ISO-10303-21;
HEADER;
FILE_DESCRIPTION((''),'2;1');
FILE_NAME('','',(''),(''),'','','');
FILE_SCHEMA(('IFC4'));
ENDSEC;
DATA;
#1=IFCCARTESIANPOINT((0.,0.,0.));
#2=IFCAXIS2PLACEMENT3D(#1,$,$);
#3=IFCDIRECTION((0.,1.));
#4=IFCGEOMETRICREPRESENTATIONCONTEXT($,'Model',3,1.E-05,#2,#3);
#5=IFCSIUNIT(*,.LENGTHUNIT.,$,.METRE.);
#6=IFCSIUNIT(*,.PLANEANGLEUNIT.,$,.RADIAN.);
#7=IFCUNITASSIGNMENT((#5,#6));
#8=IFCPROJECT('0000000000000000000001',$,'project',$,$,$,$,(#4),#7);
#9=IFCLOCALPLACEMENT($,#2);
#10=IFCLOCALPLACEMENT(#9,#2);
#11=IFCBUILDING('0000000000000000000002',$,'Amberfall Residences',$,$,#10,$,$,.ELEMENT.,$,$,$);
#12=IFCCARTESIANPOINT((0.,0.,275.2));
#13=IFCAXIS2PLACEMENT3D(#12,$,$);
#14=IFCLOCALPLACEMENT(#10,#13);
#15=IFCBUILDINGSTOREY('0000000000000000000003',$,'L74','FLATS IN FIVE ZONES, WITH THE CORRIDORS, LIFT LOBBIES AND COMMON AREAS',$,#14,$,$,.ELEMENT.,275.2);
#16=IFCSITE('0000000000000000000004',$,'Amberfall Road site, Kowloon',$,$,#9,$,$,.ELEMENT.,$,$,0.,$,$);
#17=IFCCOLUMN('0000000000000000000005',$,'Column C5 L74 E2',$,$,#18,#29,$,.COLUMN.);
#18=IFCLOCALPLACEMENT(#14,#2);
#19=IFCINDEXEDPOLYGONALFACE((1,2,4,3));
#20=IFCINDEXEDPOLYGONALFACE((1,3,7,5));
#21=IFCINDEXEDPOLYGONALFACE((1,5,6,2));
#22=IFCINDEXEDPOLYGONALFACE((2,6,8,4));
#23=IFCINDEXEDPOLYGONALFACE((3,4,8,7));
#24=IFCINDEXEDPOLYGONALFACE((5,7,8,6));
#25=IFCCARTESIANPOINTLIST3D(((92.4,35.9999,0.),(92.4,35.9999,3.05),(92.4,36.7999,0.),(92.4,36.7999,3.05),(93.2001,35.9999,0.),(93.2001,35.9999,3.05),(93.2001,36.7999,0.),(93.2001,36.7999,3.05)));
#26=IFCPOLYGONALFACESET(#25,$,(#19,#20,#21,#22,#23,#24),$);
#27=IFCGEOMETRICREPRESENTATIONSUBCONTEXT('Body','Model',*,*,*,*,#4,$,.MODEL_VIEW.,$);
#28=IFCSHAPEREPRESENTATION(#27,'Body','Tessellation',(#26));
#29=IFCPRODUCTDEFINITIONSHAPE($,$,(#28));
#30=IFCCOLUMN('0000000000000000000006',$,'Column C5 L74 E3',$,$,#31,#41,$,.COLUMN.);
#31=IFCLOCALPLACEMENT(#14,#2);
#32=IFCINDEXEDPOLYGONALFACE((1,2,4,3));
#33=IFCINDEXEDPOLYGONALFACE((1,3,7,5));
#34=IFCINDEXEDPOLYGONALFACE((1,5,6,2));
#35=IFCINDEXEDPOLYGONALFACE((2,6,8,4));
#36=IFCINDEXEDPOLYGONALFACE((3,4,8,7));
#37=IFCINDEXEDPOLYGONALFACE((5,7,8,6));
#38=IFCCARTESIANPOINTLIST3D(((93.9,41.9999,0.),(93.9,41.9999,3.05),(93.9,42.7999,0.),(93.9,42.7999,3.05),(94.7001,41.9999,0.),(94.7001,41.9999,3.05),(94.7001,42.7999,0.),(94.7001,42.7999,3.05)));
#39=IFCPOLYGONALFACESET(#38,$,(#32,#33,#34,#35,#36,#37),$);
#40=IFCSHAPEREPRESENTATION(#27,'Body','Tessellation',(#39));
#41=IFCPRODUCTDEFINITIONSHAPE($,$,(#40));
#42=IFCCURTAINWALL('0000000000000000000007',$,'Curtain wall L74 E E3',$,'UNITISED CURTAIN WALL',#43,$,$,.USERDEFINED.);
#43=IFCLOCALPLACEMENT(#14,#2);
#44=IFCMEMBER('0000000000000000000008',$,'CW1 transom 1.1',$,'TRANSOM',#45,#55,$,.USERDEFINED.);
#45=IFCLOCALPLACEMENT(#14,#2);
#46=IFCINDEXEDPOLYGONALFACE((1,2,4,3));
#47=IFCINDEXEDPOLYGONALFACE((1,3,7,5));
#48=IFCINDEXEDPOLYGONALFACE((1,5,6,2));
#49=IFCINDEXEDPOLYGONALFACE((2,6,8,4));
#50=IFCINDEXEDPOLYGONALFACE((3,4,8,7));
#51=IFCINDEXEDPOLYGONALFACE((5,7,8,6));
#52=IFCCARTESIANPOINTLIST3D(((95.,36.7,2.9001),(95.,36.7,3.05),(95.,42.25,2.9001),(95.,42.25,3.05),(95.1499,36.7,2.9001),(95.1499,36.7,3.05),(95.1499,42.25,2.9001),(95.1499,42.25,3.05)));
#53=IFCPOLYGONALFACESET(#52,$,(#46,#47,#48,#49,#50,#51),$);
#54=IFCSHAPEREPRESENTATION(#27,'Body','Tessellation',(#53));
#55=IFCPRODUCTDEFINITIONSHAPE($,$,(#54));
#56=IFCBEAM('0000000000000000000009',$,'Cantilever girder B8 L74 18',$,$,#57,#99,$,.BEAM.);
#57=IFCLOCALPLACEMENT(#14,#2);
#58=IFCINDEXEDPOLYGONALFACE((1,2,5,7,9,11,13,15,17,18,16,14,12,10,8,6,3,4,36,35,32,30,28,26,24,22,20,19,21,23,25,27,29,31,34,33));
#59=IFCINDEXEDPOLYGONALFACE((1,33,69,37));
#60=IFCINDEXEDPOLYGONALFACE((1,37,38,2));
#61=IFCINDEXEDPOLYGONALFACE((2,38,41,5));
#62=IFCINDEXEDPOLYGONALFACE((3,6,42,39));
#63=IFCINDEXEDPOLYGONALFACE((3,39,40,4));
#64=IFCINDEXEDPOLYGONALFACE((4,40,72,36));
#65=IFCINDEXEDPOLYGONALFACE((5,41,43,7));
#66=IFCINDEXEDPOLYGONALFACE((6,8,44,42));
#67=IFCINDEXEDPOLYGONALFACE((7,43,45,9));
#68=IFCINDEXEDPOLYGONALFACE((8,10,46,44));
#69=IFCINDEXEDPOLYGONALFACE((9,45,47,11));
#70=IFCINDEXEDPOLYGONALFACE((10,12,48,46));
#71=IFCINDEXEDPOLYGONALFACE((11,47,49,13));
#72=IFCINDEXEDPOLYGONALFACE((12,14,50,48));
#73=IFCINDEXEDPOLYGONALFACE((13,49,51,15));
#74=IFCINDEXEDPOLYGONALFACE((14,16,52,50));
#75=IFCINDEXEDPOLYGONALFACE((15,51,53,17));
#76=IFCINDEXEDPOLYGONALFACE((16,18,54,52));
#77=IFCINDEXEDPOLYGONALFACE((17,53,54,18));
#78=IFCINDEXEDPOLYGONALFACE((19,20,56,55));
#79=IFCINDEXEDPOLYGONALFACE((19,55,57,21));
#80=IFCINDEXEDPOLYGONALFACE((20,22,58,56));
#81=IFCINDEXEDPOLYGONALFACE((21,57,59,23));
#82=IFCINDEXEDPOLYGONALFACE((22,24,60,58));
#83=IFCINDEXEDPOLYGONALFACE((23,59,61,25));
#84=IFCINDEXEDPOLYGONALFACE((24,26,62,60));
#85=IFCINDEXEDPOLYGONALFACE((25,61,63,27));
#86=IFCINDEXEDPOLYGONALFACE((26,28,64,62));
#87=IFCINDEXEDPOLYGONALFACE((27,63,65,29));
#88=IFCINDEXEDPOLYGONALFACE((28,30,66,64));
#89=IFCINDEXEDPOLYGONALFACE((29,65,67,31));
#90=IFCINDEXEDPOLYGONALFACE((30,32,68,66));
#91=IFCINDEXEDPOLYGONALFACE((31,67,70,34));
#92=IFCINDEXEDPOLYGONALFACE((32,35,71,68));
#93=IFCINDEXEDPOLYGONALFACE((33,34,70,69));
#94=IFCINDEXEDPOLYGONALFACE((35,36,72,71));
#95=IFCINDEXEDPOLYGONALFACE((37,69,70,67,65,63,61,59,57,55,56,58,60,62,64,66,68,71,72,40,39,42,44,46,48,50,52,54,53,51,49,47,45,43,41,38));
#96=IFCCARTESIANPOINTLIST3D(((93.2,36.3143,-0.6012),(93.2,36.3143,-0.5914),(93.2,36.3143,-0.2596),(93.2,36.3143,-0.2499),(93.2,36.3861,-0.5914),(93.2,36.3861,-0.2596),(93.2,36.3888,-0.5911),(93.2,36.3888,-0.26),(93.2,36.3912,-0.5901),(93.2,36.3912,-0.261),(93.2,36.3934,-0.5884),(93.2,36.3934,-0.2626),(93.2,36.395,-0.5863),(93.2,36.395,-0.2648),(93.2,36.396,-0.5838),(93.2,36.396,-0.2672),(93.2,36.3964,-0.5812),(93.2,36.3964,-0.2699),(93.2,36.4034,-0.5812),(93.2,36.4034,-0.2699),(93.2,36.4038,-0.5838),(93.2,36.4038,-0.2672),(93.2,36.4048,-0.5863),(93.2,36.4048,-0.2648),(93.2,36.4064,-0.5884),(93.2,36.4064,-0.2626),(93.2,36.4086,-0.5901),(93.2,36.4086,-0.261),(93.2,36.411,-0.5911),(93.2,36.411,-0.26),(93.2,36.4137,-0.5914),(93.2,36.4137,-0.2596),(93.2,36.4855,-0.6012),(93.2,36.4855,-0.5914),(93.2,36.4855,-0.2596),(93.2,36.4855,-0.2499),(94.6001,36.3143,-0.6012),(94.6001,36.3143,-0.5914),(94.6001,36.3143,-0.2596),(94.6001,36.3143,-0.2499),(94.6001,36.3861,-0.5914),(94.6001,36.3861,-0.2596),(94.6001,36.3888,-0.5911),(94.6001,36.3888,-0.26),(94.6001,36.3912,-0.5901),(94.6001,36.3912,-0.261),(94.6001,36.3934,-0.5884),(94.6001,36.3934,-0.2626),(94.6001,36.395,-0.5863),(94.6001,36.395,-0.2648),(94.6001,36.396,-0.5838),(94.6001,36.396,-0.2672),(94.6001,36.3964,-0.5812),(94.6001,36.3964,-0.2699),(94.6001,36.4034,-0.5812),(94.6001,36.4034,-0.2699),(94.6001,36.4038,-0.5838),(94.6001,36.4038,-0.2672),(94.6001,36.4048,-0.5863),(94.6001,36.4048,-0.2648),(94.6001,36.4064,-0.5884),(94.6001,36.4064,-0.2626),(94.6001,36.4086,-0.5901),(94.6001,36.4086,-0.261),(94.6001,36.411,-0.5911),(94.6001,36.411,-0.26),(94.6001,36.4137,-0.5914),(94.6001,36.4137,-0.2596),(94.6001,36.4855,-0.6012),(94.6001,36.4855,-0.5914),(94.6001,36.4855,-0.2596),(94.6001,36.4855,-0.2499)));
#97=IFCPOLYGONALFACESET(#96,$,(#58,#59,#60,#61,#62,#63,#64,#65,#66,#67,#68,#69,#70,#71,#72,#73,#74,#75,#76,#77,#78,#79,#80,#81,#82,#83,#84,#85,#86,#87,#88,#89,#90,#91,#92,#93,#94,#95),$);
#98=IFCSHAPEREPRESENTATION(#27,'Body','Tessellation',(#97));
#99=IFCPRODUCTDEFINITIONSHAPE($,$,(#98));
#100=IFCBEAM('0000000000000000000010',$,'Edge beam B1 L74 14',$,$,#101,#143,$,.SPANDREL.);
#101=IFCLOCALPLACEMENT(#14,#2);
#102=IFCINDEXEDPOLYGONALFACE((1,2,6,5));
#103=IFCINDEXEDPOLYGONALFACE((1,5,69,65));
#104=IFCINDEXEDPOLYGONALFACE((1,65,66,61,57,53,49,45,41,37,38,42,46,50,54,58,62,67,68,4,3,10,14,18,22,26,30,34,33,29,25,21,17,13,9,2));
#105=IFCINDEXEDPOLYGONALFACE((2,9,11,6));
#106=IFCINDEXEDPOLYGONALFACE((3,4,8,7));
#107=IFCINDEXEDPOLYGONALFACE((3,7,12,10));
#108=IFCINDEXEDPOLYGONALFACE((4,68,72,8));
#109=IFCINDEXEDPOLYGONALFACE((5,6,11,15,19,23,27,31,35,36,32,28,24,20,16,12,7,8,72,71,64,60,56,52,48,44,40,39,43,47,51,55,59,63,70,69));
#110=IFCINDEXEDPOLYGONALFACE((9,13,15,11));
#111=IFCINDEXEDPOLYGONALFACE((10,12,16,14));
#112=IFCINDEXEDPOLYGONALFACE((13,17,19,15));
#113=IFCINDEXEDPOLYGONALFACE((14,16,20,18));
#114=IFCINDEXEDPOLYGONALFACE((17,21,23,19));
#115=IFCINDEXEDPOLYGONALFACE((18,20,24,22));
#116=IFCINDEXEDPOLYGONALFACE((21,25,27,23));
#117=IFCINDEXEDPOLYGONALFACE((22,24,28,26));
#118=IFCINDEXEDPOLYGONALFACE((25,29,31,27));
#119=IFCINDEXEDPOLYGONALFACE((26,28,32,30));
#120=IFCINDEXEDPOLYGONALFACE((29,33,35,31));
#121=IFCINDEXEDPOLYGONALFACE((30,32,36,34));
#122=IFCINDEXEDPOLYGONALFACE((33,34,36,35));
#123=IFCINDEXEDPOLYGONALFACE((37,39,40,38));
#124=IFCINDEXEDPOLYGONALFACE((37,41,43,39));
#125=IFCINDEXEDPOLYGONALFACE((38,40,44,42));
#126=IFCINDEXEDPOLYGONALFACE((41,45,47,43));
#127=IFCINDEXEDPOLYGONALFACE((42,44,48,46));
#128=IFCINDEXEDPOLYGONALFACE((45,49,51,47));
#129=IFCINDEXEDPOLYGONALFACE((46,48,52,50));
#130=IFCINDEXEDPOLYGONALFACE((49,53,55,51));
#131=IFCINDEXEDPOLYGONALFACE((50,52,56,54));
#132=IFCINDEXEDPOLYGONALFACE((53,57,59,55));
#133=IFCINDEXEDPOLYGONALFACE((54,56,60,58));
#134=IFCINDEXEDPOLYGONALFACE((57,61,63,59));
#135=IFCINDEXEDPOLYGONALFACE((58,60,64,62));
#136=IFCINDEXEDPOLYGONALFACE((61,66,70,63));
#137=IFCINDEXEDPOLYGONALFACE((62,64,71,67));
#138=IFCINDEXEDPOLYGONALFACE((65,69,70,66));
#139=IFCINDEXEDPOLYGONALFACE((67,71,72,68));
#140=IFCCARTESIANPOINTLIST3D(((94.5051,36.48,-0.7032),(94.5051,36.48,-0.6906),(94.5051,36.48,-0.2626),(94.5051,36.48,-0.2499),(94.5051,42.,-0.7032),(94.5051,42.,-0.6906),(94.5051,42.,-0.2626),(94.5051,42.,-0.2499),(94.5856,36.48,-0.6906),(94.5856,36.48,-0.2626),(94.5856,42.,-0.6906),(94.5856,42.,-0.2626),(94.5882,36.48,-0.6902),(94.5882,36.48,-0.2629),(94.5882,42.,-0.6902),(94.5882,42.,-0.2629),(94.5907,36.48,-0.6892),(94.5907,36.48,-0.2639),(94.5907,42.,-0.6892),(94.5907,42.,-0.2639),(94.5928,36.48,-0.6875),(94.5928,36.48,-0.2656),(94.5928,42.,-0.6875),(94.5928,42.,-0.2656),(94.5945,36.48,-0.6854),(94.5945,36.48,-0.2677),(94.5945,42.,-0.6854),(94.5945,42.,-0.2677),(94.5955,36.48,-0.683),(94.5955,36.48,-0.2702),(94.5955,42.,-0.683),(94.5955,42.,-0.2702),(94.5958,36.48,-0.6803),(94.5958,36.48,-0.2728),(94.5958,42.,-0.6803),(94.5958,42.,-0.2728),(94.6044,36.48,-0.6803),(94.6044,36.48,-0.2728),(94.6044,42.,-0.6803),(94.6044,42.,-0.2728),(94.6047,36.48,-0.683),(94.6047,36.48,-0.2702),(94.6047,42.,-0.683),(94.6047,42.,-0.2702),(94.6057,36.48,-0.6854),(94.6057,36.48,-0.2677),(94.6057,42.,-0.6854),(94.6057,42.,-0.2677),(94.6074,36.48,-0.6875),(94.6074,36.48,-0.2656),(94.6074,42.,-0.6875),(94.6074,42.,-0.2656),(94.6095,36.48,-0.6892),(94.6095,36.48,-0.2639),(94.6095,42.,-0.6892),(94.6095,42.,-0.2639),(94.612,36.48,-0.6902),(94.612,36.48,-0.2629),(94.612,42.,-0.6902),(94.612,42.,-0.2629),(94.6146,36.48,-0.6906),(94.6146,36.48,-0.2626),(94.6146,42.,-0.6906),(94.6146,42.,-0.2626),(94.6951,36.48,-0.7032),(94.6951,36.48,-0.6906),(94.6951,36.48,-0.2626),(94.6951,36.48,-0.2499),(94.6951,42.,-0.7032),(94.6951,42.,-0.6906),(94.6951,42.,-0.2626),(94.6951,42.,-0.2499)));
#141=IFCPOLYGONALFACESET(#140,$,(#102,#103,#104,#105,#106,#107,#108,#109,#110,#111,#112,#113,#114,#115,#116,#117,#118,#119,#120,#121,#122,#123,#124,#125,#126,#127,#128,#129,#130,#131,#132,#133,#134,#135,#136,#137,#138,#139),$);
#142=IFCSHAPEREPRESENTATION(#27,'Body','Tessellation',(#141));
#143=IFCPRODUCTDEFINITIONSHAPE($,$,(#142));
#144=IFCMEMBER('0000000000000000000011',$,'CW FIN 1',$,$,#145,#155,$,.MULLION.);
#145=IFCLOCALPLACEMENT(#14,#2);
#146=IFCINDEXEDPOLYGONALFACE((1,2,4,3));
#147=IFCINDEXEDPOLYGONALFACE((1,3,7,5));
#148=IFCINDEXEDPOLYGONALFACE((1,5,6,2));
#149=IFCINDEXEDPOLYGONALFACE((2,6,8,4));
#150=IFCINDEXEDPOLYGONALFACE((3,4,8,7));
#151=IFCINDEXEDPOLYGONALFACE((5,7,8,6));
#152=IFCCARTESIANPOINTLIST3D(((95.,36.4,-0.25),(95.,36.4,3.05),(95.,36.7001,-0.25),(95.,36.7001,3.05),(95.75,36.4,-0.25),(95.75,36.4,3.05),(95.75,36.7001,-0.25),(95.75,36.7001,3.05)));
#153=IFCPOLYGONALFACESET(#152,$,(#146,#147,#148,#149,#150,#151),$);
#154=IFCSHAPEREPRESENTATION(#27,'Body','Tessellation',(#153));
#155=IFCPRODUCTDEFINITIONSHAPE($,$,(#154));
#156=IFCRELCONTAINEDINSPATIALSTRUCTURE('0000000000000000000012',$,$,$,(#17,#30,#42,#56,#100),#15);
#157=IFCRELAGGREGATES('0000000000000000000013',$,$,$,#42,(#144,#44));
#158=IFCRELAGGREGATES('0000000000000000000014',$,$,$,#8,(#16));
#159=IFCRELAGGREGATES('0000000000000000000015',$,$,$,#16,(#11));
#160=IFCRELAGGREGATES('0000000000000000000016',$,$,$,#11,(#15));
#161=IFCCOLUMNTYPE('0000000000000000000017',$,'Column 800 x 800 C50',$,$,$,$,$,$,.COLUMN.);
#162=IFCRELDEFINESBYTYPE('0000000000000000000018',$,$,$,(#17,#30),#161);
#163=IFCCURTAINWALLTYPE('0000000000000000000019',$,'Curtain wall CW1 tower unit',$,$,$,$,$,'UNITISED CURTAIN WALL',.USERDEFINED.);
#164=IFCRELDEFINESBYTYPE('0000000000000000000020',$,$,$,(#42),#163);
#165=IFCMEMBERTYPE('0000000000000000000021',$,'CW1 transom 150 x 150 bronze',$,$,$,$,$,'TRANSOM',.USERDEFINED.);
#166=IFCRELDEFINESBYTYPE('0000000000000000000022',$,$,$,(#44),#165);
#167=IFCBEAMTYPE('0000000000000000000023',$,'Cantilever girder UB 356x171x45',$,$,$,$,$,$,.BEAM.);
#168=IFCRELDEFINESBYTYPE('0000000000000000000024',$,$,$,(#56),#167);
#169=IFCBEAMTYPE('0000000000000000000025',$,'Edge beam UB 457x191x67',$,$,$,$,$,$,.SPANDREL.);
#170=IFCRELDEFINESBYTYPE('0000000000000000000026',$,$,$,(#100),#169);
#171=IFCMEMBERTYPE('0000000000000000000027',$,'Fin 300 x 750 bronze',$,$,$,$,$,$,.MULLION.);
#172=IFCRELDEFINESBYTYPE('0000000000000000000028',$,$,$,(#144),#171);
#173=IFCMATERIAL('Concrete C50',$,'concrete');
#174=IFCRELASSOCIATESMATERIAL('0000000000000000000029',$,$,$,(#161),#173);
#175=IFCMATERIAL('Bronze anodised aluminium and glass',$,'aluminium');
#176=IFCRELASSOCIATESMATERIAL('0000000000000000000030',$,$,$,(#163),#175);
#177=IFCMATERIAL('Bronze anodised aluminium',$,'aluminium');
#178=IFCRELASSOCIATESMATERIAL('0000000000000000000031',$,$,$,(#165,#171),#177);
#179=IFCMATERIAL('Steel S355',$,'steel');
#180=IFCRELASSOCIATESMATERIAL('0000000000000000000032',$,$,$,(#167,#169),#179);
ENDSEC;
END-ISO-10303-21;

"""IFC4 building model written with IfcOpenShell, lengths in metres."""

from ifc_helpers import new_model, si_unit, direction, frame, origin, origin_2d, place, context, subcontext, project, spatial, rectangle, i_section, extrude, material, material_profile, profile_set, type_object, element, aggregate, save


model = new_model("IFC4")

# Units and contexts
model_context = context("Model", 3, precision=1e-05, world=origin(), true_north=direction((0.0, 1.0)))
body_context = subcontext(model_context, "Body", "Model", "MODEL_VIEW")
ifc_project = project(units=[si_unit("LENGTHUNIT", "METRE"), si_unit("PLANEANGLEUNIT", "RADIAN")], contexts=[model_context])

# Site, building, storey
site_placement = place(None, origin())
site = spatial("IfcSite", under=ifc_project, at=site_placement, Name="Amberfall Road site, Kowloon", CompositionType="ELEMENT", RefElevation=0.0)
building_placement = place(site_placement, origin())
building = spatial("IfcBuilding", under=site, at=building_placement, Name="Amberfall Residences", CompositionType="ELEMENT")
storey_placement = place(building_placement, frame((0.0, 0.0, 275.2)))
storey = spatial("IfcBuildingStorey", under=building, at=storey_placement, Name="L74", Description="FLATS IN FIVE ZONES, WITH THE CORRIDORS, LIFT LOBBIES AND COMMON AREAS", CompositionType="ELEMENT", Elevation=275.2)

# Columns
ifc_material_1 = material(Name="Concrete C50", Category="concrete")
ifc_material_profile_1 = material_profile(ifc_material_1, rectangle(XDim=0.8, YDim=0.8, at=origin_2d()), Name="Column 800 x 800 C50")
ifc_profile_set_1 = profile_set([ifc_material_profile_1], Name="Concrete C50")
column_type = type_object("IfcColumnType", Name="Column 800 x 800 C50", PredefinedType="COLUMN", material=ifc_profile_set_1)
for number, where, z_axis, x_axis, name in (
    (1, (92.8, 36.3999, 0.0), (0.0, 0.0, 1.0), (1.0, 0.0, 0.0), "Column C5 L74 E2"),
    (2, (94.3, 42.3999, 0.0), (0.0, 0.0, 1.0), (1.0, 0.0, 0.0), "Column C5 L74 E3"),
):
    element("IfcColumn", number, at=place(storey_placement, frame(where, z_axis=z_axis, x_axis=x_axis)), inside=storey, type_object=column_type, Name=name, PredefinedType="COLUMN", context=body_context, shape_type="SweptSolid", body=[
        extrude(rectangle(XDim=0.8, YDim=0.8, at=origin_2d()), origin(), (0.0, 0.0, 1.0), 3.05),
    ])

# Curtain wall, member
ifc_material_2 = material(Name="Bronze anodised aluminium and glass", Category="aluminium")
curtain_wall_type = type_object("IfcCurtainWallType", Name="Curtain wall CW1 tower unit", ElementType="UNITISED CURTAIN WALL", PredefinedType="USERDEFINED", material=ifc_material_2)
curtain_wall_placement = place(storey_placement, origin())
curtain_wall = element("IfcCurtainWall", 3, at=curtain_wall_placement, inside=storey, type_object=curtain_wall_type, Name="Curtain wall L74 E E3", ObjectType="UNITISED CURTAIN WALL", PredefinedType="USERDEFINED")
ifc_material_3 = material(Name="Bronze anodised aluminium", Category="aluminium")
ifc_material_profile_2 = material_profile(ifc_material_3, rectangle(XDim=0.1499, YDim=0.1499, at=origin_2d()), Name="CW1 transom 150 x 150 bronze")
ifc_profile_set_2 = profile_set([ifc_material_profile_2], Name="Bronze anodised aluminium")
member_type_1 = type_object("IfcMemberType", Name="CW1 transom 150 x 150 bronze", ElementType="TRANSOM", PredefinedType="USERDEFINED", material=ifc_profile_set_2)
member_1_placement = place(storey_placement, frame((95.075, 36.7, 2.9751), z_axis=(0.0, 1.0, 0.0), x_axis=(-1.0, 0.0, 0.0)))
member_1 = element("IfcMember", 4, at=member_1_placement, type_object=member_type_1, Name="CW1 transom 1.1", ObjectType="TRANSOM", PredefinedType="USERDEFINED", context=body_context, shape_type="SweptSolid", body=[
    extrude(rectangle(XDim=0.1499, YDim=0.1499, at=origin_2d()), origin(), (0.0, 0.0, 1.0), 5.55),
])

# Beams
ifc_material_4 = material(Name="Steel S355", Category="steel")
ifc_material_profile_3 = material_profile(ifc_material_4, i_section(OverallWidth=0.1711, OverallDepth=0.3513, WebThickness=0.0071, FlangeThickness=0.0098, FilletRadius=0.0103, at=origin_2d()), Name="UB 356x171x45")
ifc_profile_set_3 = profile_set([ifc_material_profile_3], Name="Steel S355")
beam_type_1 = type_object("IfcBeamType", Name="Cantilever girder UB 356x171x45", PredefinedType="BEAM", material=ifc_profile_set_3)
beam_1_placement = place(storey_placement, frame((93.2, 36.3999, -0.4255), z_axis=(1.0, 0.0, 0.0), x_axis=(0.0, 1.0, 0.0)))
element("IfcBeam", 5, at=beam_1_placement, inside=storey, type_object=beam_type_1, Name="Cantilever girder B8 L74 18", PredefinedType="BEAM", context=body_context, shape_type="SweptSolid", body=[
    extrude(i_section(OverallWidth=0.1711, OverallDepth=0.3513, WebThickness=0.0071, FlangeThickness=0.0098, FilletRadius=0.0103, at=origin_2d()), origin(), (0.0, 0.0, 1.0), 1.4001),
])
ifc_material_profile_4 = material_profile(ifc_material_4, i_section(OverallWidth=0.1899, OverallDepth=0.4534, WebThickness=0.0085, FlangeThickness=0.0127, FilletRadius=0.0103, at=origin_2d()), Name="UB 457x191x67")
ifc_profile_set_4 = profile_set([ifc_material_profile_4], Name="Steel S355")
beam_type_2 = type_object("IfcBeamType", Name="Edge beam UB 457x191x67", PredefinedType="SPANDREL", material=ifc_profile_set_4)
beam_2_placement = place(storey_placement, frame((94.6001, 36.48, -0.4766), z_axis=(0.0, 1.0, 0.0), x_axis=(-1.0, 0.0, 0.0)))
element("IfcBeam", 6, at=beam_2_placement, inside=storey, type_object=beam_type_2, Name="Edge beam B1 L74 14", PredefinedType="SPANDREL", context=body_context, shape_type="SweptSolid", body=[
    extrude(i_section(OverallWidth=0.1899, OverallDepth=0.4534, WebThickness=0.0085, FlangeThickness=0.0127, FilletRadius=0.0103, at=origin_2d()), origin(), (0.0, 0.0, 1.0), 5.52),
])

# Member
ifc_material_profile_5 = material_profile(ifc_material_3, rectangle(XDim=0.75, YDim=0.3, at=origin_2d()), Name="Fin 300 x 750 bronze")
ifc_profile_set_5 = profile_set([ifc_material_profile_5], Name="Bronze anodised aluminium")
member_type_2 = type_object("IfcMemberType", Name="Fin 300 x 750 bronze", PredefinedType="MULLION", material=ifc_profile_set_5)
member_2_placement = place(storey_placement, frame((95.375, 36.55, -0.25), z_axis=(0.0, 0.0, 1.0), x_axis=(-1.0, 0.0, 0.0)))
member_2 = element("IfcMember", 7, at=member_2_placement, type_object=member_type_2, Name="CW FIN 1", PredefinedType="MULLION", context=body_context, shape_type="SweptSolid", body=[
    extrude(rectangle(XDim=0.75, YDim=0.3, at=origin_2d()), origin(), (0.0, 0.0, 1.0), 3.3),
])

aggregate(curtain_wall, [member_2, member_1])

save(model, "model.ifc")
